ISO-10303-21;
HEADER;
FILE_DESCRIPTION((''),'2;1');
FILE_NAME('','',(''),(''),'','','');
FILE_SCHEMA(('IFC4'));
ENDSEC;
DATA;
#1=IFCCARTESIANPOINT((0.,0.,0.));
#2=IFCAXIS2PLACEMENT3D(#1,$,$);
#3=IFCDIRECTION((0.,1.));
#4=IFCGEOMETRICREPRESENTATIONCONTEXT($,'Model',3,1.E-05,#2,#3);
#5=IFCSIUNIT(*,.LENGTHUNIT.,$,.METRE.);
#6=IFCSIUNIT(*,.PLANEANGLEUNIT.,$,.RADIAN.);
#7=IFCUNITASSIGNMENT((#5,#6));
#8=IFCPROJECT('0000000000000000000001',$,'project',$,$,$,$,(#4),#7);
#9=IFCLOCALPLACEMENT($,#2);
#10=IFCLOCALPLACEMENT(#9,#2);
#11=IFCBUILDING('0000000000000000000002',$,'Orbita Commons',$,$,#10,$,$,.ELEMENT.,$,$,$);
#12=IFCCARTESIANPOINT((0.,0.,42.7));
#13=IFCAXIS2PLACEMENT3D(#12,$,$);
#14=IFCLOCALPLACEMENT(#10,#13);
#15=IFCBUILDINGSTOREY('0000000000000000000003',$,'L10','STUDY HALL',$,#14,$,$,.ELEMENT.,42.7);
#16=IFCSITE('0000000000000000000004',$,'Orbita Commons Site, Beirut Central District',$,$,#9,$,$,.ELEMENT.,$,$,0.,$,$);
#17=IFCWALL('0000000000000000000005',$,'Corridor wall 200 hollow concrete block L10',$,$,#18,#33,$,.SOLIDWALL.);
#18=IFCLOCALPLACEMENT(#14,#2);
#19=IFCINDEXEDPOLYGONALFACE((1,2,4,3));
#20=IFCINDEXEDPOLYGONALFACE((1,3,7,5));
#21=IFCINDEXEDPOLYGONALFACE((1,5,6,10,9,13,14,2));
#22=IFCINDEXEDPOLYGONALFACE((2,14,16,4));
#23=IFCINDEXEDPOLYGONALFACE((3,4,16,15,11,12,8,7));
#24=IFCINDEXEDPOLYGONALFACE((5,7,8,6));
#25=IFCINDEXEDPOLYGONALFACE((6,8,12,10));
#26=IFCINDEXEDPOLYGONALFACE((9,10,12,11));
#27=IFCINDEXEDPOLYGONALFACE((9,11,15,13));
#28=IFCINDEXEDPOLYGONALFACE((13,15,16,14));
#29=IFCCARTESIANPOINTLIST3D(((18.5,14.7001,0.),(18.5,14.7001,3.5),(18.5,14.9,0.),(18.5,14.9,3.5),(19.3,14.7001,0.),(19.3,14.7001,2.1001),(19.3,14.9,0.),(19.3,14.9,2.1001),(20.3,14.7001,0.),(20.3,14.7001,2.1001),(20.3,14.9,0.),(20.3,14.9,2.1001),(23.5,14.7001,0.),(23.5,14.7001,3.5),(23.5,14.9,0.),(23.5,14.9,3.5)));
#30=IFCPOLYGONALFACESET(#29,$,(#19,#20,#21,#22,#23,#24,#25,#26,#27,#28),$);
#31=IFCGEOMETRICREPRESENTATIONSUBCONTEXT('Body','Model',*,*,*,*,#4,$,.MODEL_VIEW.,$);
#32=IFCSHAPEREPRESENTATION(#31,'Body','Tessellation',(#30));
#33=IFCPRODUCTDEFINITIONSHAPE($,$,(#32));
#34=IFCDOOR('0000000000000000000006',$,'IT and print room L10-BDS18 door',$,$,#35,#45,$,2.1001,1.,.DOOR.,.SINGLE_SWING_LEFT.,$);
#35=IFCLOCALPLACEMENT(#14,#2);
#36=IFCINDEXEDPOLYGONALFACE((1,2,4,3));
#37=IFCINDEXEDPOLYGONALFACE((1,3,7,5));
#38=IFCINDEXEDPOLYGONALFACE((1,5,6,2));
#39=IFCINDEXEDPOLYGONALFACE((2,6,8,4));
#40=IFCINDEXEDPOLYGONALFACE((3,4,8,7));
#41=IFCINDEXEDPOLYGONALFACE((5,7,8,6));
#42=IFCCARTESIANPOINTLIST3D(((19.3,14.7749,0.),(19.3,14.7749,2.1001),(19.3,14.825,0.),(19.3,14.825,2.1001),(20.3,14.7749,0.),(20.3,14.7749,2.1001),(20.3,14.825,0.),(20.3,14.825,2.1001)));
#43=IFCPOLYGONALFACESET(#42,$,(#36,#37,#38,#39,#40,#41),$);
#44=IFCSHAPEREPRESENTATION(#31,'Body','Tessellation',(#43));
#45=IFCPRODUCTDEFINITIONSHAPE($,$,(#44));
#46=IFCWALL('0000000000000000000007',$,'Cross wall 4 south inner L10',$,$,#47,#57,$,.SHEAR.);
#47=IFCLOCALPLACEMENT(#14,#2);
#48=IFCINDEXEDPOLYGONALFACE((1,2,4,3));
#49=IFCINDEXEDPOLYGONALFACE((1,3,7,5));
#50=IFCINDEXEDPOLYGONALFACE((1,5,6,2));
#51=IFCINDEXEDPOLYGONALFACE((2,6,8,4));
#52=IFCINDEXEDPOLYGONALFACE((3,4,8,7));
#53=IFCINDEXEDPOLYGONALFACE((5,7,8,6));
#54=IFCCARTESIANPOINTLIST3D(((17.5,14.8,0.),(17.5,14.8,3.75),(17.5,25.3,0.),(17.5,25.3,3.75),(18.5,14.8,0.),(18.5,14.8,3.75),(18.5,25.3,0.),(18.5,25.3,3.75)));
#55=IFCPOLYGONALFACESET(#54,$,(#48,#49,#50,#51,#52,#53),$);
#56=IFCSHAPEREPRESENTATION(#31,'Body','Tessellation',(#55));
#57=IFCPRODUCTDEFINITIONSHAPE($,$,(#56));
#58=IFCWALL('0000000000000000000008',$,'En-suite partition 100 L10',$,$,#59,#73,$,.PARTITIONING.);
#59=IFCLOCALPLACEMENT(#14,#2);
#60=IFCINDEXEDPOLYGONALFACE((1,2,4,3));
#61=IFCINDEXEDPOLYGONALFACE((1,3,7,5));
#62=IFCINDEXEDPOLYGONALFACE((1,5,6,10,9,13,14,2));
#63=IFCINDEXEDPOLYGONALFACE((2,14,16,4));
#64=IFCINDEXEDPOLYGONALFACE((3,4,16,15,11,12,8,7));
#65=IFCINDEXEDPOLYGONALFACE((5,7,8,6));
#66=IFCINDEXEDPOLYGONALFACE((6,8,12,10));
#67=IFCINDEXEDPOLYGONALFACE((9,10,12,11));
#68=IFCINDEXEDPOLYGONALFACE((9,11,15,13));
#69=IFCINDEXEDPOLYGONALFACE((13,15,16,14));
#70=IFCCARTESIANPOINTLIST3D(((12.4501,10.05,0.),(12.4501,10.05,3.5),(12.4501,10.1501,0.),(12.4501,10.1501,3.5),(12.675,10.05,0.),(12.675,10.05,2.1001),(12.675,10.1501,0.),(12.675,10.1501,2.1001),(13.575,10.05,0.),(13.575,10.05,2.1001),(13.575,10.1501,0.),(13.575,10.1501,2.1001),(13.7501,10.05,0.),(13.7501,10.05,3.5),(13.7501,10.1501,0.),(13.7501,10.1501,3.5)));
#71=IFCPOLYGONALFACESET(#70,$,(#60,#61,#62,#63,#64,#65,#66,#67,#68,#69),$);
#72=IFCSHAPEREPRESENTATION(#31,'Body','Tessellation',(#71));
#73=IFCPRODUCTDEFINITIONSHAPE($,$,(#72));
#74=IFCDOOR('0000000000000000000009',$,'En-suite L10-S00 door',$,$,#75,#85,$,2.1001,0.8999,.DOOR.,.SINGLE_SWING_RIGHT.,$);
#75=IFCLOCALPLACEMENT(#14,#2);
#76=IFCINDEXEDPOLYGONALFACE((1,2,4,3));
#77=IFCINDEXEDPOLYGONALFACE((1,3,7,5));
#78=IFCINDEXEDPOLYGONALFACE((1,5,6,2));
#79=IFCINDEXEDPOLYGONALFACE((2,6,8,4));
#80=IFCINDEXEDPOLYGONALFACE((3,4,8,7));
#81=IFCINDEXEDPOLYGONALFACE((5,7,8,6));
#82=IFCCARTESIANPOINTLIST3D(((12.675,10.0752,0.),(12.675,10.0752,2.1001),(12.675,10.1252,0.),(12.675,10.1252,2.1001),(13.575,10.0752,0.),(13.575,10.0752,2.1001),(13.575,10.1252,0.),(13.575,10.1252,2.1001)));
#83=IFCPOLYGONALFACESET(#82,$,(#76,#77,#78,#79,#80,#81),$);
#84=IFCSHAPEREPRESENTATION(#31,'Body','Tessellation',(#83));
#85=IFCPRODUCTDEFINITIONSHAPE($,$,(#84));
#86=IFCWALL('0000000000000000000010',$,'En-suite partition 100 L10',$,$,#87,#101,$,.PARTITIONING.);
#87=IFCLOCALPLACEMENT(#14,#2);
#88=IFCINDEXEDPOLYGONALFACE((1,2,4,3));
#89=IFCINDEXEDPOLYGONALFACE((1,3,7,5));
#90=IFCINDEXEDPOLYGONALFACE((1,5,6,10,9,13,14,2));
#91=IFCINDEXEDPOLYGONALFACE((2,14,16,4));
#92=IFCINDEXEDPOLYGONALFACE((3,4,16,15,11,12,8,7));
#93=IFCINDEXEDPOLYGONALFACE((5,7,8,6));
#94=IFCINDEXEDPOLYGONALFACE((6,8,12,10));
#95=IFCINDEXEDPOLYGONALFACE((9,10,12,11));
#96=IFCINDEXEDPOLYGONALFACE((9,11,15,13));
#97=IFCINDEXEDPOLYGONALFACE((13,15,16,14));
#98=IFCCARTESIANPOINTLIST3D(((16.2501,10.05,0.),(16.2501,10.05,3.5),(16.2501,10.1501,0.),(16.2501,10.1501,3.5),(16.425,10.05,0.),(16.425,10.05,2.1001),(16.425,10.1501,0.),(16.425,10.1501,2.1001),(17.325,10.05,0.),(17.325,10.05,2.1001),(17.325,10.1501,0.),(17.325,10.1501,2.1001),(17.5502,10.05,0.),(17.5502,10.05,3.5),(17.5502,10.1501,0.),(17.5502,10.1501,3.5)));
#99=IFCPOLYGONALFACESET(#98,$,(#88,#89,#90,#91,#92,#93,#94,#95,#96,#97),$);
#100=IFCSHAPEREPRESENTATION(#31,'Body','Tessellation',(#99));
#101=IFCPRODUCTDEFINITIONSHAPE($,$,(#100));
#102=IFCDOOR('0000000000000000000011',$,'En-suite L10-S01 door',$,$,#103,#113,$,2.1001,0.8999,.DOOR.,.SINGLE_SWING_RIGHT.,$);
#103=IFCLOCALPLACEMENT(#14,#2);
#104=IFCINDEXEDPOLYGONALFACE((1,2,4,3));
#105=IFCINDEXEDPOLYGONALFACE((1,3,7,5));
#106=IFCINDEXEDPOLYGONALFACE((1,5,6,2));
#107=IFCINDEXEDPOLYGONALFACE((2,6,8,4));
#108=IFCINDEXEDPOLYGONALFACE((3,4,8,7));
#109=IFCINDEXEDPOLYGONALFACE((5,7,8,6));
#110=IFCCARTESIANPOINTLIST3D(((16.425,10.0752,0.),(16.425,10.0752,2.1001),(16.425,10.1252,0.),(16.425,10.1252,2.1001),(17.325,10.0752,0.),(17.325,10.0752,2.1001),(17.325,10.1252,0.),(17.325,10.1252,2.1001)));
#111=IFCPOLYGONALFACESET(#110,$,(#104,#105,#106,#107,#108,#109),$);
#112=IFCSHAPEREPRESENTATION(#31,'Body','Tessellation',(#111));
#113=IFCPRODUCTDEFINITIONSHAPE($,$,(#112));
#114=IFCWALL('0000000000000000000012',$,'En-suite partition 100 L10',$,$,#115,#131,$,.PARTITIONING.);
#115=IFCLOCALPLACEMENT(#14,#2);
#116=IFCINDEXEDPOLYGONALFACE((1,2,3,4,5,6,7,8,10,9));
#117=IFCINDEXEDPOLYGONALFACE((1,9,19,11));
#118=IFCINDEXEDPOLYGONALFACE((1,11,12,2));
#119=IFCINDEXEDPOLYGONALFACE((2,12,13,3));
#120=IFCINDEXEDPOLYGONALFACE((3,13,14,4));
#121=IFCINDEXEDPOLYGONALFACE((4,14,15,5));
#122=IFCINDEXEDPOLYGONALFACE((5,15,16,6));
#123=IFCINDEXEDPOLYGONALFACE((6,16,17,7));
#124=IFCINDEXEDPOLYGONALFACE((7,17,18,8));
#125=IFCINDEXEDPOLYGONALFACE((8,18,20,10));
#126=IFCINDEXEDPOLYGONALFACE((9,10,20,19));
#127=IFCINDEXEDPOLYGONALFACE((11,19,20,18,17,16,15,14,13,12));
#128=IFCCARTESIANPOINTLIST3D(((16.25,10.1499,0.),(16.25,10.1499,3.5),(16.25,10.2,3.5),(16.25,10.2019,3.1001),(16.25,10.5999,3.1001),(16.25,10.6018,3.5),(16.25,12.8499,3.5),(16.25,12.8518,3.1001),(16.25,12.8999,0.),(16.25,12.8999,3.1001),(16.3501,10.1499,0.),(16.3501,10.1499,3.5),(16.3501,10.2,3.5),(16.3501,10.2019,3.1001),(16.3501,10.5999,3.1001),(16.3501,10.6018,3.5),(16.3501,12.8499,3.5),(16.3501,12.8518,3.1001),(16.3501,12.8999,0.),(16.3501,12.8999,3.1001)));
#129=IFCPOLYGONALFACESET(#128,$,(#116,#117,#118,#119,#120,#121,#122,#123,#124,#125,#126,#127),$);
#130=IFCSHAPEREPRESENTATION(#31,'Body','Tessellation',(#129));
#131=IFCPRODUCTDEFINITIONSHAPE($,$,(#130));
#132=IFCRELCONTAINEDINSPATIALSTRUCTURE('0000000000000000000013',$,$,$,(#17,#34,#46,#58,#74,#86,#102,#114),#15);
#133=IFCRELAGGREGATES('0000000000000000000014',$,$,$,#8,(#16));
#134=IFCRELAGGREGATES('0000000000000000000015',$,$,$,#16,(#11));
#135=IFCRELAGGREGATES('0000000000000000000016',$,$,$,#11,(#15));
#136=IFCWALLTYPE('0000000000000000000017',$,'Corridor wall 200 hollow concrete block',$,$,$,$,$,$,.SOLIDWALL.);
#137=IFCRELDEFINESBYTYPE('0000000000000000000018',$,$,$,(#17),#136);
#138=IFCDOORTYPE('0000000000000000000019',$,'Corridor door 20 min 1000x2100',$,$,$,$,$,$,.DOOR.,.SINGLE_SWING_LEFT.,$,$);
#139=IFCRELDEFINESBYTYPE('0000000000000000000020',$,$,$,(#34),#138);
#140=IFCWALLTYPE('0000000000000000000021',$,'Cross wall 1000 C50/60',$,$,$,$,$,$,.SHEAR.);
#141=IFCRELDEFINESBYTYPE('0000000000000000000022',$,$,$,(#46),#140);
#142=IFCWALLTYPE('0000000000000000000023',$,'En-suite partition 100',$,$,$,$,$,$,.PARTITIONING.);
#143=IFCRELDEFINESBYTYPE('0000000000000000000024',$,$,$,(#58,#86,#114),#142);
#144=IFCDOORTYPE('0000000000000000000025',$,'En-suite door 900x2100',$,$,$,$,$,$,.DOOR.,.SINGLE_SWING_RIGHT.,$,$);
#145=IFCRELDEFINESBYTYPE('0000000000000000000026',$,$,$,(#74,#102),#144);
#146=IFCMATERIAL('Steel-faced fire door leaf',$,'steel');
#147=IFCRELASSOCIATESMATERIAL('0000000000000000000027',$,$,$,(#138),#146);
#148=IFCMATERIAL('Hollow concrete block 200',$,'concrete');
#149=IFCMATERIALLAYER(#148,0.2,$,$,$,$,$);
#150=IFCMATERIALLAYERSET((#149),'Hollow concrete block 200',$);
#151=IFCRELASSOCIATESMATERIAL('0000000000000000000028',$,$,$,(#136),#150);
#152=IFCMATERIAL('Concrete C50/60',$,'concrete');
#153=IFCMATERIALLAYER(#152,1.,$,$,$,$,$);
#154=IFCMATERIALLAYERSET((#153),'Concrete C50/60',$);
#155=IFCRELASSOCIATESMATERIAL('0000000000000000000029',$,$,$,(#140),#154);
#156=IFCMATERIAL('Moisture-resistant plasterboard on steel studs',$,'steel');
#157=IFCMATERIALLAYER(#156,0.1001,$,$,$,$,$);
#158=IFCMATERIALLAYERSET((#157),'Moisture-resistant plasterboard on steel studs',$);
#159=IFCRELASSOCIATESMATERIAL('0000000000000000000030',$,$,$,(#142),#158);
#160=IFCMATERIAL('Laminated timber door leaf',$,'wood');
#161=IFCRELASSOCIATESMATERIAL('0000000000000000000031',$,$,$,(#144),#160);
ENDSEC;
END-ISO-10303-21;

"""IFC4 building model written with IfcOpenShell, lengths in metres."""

from ifc_helpers import new_model, si_unit, direction, frame, frame_2d, origin, place, context, subcontext, project, spatial, polyline, rectangle, outline, extrude, material, layer, layer_set, type_object, element, fill, save


model = new_model("IFC4")

# Units and contexts
model_context = context("Model", 3, precision=1e-05, world=origin(), true_north=direction((0.0, 1.0)))
body_context = subcontext(model_context, "Body", "Model", "MODEL_VIEW")
ifc_project = project(units=[si_unit("LENGTHUNIT", "METRE"), si_unit("PLANEANGLEUNIT", "RADIAN")], contexts=[model_context])

# Site, building, storey
site_placement = place(None, origin())
site = spatial("IfcSite", under=ifc_project, at=site_placement, Name="Orbita Commons Site, Beirut Central District", CompositionType="ELEMENT", RefElevation=0.0)
building_placement = place(site_placement, origin())
building = spatial("IfcBuilding", under=site, at=building_placement, Name="Orbita Commons", CompositionType="ELEMENT")
storey_placement = place(building_placement, frame((0.0, 0.0, 42.7)))
storey = spatial("IfcBuildingStorey", under=building, at=storey_placement, Name="L10", Description="STUDY HALL", CompositionType="ELEMENT", Elevation=42.7)

# Wall, opening, door
ifc_material_1 = material(Name="Steel-faced fire door leaf", Category="steel")
door_type_1 = type_object("IfcDoorType", Name="Corridor door 20 min 1000x2100", OperationType="SINGLE_SWING_LEFT", PredefinedType="DOOR", material=ifc_material_1)
ifc_material_2 = material(Name="Hollow concrete block 200", Category="concrete")
ifc_layer_1 = layer(ifc_material_2, 0.2)
ifc_layer_set_1 = layer_set([ifc_layer_1], Name="Hollow concrete block 200")
wall_type_1 = type_object("IfcWallType", Name="Corridor wall 200 hollow concrete block", PredefinedType="SOLIDWALL", material=ifc_layer_set_1)
wall_1_placement = place(storey_placement, frame((18.5, 14.8, 0.0), z_axis=(0.0, 0.0, 1.0), x_axis=(1.0, 0.0, 0.0)))
wall_1 = element("IfcWall", 1, at=wall_1_placement, inside=storey, type_object=wall_type_1, Name="Corridor wall 200 hollow concrete block L10", PredefinedType="SOLIDWALL", context=body_context, shape_type="SweptSolid", body=[
    extrude(rectangle(XDim=5.0, YDim=0.2, at=frame_2d((2.5, 0.0))), origin(), (0.0, 0.0, 1.0), 3.5),
])
opening_1_placement = place(wall_1_placement, frame((0.8, 0.0, 0.0)))
opening_1 = element("IfcOpeningElement", 2, at=opening_1_placement, cuts=wall_1, PredefinedType="OPENING", context=body_context, shape_type="SweptSolid", body=[
    extrude(rectangle(XDim=1.0, YDim=2.1001, at=frame_2d((0.5, 1.05))), frame((0.0, 0.1099, 0.0), z_axis=(0.0, -1.0, 0.0), x_axis=(1.0, 0.0, 0.0)), (0.0, 0.0, 1.0), 0.22),
])
door_1_placement = place(opening_1_placement, origin())
door_1 = element("IfcDoor", 3, at=door_1_placement, inside=storey, type_object=door_type_1, Name="IT and print room L10-BDS18 door", OperationType="SINGLE_SWING_LEFT", OverallHeight=2.1001, OverallWidth=1.0, PredefinedType="DOOR", context=body_context, shape_type="SweptSolid", body=[
    extrude(rectangle(XDim=1.0, YDim=2.1001, at=frame_2d((0.5, 1.05))), frame((0.0, 0.0249, 0.0), z_axis=(0.0, -1.0, 0.0), x_axis=(1.0, 0.0, 0.0)), (0.0, 0.0, 1.0), 0.05),
])
fill(opening_1, door_1)

# Wall
ifc_material_3 = material(Name="Concrete C50/60", Category="concrete")
ifc_layer_2 = layer(ifc_material_3, 1.0)
ifc_layer_set_2 = layer_set([ifc_layer_2], Name="Concrete C50/60")
wall_type_2 = type_object("IfcWallType", Name="Cross wall 1000 C50/60", PredefinedType="SHEAR", material=ifc_layer_set_2)
wall_2_placement = place(storey_placement, frame((18.0, 14.8, 0.0), z_axis=(0.0, 0.0, 1.0), x_axis=(0.0, 1.0, 0.0)))
element("IfcWall", 4, at=wall_2_placement, inside=storey, type_object=wall_type_2, Name="Cross wall 4 south inner L10", PredefinedType="SHEAR", context=body_context, shape_type="SweptSolid", body=[
    extrude(rectangle(XDim=10.5, YDim=1.0, at=frame_2d((5.25, 0.0))), origin(), (0.0, 0.0, 1.0), 3.75),
])

# Walls, openings, doors
ifc_material_4 = material(Name="Moisture-resistant plasterboard on steel studs", Category="steel")
ifc_layer_3 = layer(ifc_material_4, 0.1001)
ifc_layer_set_3 = layer_set([ifc_layer_3], Name="Moisture-resistant plasterboard on steel studs")
wall_type_3 = type_object("IfcWallType", Name="En-suite partition 100", PredefinedType="PARTITIONING", material=ifc_layer_set_3)
wall_3_placement = place(storey_placement, frame((13.75, 10.1001, 0.0), z_axis=(0.0, 0.0, 1.0), x_axis=(-1.0, 0.0, 0.0)))
wall_3 = element("IfcWall", 5, at=wall_3_placement, inside=storey, type_object=wall_type_3, Name="En-suite partition 100 L10", PredefinedType="PARTITIONING", context=body_context, shape_type="SweptSolid", body=[
    extrude(rectangle(XDim=1.3, YDim=0.1001, at=frame_2d((0.6499, 0.0))), origin(), (0.0, 0.0, 1.0), 3.5),
])
opening_2_placement = place(wall_3_placement, frame((0.175, 0.0, 0.0)))
opening_2 = element("IfcOpeningElement", 6, at=opening_2_placement, cuts=wall_3, PredefinedType="OPENING", context=body_context, shape_type="SweptSolid", body=[
    extrude(rectangle(XDim=0.8999, YDim=2.1001, at=frame_2d((0.45, 1.05))), frame((0.0, 0.0601, 0.0), z_axis=(0.0, -1.0, 0.0), x_axis=(1.0, 0.0, 0.0)), (0.0, 0.0, 1.0), 0.1201),
])
ifc_material_5 = material(Name="Laminated timber door leaf", Category="wood")
door_type_2 = type_object("IfcDoorType", Name="En-suite door 900x2100", OperationType="SINGLE_SWING_RIGHT", PredefinedType="DOOR", material=ifc_material_5)
door_2_placement = place(opening_2_placement, origin())
door_2 = element("IfcDoor", 7, at=door_2_placement, inside=storey, type_object=door_type_2, Name="En-suite L10-S00 door", OperationType="SINGLE_SWING_RIGHT", OverallHeight=2.1001, OverallWidth=0.8999, PredefinedType="DOOR", context=body_context, shape_type="SweptSolid", body=[
    extrude(rectangle(XDim=0.8999, YDim=2.1001, at=frame_2d((0.45, 1.05))), frame((0.0, 0.0249, 0.0), z_axis=(0.0, -1.0, 0.0), x_axis=(1.0, 0.0, 0.0)), (0.0, 0.0, 1.0), 0.05),
])
fill(opening_2, door_2)
wall_4_placement = place(storey_placement, frame((17.55, 10.1001, 0.0), z_axis=(0.0, 0.0, 1.0), x_axis=(-1.0, 0.0, 0.0)))
wall_4 = element("IfcWall", 8, at=wall_4_placement, inside=storey, type_object=wall_type_3, Name="En-suite partition 100 L10", PredefinedType="PARTITIONING", context=body_context, shape_type="SweptSolid", body=[
    extrude(rectangle(XDim=1.3, YDim=0.1001, at=frame_2d((0.6499, 0.0))), origin(), (0.0, 0.0, 1.0), 3.5),
])
opening_3_placement = place(wall_4_placement, frame((0.2251, 0.0, 0.0)))
opening_3 = element("IfcOpeningElement", 9, at=opening_3_placement, cuts=wall_4, PredefinedType="OPENING", context=body_context, shape_type="SweptSolid", body=[
    extrude(rectangle(XDim=0.8999, YDim=2.1001, at=frame_2d((0.45, 1.05))), frame((0.0, 0.0601, 0.0), z_axis=(0.0, -1.0, 0.0), x_axis=(1.0, 0.0, 0.0)), (0.0, 0.0, 1.0), 0.1201),
])
door_3_placement = place(opening_3_placement, origin())
door_3 = element("IfcDoor", 10, at=door_3_placement, inside=storey, type_object=door_type_2, Name="En-suite L10-S01 door", OperationType="SINGLE_SWING_RIGHT", OverallHeight=2.1001, OverallWidth=0.8999, PredefinedType="DOOR", context=body_context, shape_type="SweptSolid", body=[
    extrude(rectangle(XDim=0.8999, YDim=2.1001, at=frame_2d((0.45, 1.05))), frame((0.0, 0.0249, 0.0), z_axis=(0.0, -1.0, 0.0), x_axis=(1.0, 0.0, 0.0)), (0.0, 0.0, 1.0), 0.05),
])
fill(opening_3, door_3)

# Wall
wall_5_placement = place(storey_placement, frame((16.3, 10.1499, 0.0), z_axis=(0.0, 0.0, 1.0), x_axis=(0.0, 1.0, 0.0)))
element("IfcWall", 11, at=wall_5_placement, inside=storey, type_object=wall_type_3, Name="En-suite partition 100 L10", PredefinedType="PARTITIONING", context=body_context, shape_type="SweptSolid", body=[
    extrude(outline(polyline([(0.0, 0.0), (2.75, 0.0), (2.75, 3.1001), (2.7019, 3.1001), (2.7, 3.5), (0.4519, 3.5), (0.45, 3.1001), (0.052, 3.1001), (0.05, 3.5), (0.0, 3.5), (0.0, 0.0)])), frame((0.0, 0.05, 0.0), z_axis=(0.0, -1.0, 0.0), x_axis=(1.0, 0.0, 0.0)), (0.0, 0.0, 1.0), 0.1001),
])

save(model, "model.ifc")
